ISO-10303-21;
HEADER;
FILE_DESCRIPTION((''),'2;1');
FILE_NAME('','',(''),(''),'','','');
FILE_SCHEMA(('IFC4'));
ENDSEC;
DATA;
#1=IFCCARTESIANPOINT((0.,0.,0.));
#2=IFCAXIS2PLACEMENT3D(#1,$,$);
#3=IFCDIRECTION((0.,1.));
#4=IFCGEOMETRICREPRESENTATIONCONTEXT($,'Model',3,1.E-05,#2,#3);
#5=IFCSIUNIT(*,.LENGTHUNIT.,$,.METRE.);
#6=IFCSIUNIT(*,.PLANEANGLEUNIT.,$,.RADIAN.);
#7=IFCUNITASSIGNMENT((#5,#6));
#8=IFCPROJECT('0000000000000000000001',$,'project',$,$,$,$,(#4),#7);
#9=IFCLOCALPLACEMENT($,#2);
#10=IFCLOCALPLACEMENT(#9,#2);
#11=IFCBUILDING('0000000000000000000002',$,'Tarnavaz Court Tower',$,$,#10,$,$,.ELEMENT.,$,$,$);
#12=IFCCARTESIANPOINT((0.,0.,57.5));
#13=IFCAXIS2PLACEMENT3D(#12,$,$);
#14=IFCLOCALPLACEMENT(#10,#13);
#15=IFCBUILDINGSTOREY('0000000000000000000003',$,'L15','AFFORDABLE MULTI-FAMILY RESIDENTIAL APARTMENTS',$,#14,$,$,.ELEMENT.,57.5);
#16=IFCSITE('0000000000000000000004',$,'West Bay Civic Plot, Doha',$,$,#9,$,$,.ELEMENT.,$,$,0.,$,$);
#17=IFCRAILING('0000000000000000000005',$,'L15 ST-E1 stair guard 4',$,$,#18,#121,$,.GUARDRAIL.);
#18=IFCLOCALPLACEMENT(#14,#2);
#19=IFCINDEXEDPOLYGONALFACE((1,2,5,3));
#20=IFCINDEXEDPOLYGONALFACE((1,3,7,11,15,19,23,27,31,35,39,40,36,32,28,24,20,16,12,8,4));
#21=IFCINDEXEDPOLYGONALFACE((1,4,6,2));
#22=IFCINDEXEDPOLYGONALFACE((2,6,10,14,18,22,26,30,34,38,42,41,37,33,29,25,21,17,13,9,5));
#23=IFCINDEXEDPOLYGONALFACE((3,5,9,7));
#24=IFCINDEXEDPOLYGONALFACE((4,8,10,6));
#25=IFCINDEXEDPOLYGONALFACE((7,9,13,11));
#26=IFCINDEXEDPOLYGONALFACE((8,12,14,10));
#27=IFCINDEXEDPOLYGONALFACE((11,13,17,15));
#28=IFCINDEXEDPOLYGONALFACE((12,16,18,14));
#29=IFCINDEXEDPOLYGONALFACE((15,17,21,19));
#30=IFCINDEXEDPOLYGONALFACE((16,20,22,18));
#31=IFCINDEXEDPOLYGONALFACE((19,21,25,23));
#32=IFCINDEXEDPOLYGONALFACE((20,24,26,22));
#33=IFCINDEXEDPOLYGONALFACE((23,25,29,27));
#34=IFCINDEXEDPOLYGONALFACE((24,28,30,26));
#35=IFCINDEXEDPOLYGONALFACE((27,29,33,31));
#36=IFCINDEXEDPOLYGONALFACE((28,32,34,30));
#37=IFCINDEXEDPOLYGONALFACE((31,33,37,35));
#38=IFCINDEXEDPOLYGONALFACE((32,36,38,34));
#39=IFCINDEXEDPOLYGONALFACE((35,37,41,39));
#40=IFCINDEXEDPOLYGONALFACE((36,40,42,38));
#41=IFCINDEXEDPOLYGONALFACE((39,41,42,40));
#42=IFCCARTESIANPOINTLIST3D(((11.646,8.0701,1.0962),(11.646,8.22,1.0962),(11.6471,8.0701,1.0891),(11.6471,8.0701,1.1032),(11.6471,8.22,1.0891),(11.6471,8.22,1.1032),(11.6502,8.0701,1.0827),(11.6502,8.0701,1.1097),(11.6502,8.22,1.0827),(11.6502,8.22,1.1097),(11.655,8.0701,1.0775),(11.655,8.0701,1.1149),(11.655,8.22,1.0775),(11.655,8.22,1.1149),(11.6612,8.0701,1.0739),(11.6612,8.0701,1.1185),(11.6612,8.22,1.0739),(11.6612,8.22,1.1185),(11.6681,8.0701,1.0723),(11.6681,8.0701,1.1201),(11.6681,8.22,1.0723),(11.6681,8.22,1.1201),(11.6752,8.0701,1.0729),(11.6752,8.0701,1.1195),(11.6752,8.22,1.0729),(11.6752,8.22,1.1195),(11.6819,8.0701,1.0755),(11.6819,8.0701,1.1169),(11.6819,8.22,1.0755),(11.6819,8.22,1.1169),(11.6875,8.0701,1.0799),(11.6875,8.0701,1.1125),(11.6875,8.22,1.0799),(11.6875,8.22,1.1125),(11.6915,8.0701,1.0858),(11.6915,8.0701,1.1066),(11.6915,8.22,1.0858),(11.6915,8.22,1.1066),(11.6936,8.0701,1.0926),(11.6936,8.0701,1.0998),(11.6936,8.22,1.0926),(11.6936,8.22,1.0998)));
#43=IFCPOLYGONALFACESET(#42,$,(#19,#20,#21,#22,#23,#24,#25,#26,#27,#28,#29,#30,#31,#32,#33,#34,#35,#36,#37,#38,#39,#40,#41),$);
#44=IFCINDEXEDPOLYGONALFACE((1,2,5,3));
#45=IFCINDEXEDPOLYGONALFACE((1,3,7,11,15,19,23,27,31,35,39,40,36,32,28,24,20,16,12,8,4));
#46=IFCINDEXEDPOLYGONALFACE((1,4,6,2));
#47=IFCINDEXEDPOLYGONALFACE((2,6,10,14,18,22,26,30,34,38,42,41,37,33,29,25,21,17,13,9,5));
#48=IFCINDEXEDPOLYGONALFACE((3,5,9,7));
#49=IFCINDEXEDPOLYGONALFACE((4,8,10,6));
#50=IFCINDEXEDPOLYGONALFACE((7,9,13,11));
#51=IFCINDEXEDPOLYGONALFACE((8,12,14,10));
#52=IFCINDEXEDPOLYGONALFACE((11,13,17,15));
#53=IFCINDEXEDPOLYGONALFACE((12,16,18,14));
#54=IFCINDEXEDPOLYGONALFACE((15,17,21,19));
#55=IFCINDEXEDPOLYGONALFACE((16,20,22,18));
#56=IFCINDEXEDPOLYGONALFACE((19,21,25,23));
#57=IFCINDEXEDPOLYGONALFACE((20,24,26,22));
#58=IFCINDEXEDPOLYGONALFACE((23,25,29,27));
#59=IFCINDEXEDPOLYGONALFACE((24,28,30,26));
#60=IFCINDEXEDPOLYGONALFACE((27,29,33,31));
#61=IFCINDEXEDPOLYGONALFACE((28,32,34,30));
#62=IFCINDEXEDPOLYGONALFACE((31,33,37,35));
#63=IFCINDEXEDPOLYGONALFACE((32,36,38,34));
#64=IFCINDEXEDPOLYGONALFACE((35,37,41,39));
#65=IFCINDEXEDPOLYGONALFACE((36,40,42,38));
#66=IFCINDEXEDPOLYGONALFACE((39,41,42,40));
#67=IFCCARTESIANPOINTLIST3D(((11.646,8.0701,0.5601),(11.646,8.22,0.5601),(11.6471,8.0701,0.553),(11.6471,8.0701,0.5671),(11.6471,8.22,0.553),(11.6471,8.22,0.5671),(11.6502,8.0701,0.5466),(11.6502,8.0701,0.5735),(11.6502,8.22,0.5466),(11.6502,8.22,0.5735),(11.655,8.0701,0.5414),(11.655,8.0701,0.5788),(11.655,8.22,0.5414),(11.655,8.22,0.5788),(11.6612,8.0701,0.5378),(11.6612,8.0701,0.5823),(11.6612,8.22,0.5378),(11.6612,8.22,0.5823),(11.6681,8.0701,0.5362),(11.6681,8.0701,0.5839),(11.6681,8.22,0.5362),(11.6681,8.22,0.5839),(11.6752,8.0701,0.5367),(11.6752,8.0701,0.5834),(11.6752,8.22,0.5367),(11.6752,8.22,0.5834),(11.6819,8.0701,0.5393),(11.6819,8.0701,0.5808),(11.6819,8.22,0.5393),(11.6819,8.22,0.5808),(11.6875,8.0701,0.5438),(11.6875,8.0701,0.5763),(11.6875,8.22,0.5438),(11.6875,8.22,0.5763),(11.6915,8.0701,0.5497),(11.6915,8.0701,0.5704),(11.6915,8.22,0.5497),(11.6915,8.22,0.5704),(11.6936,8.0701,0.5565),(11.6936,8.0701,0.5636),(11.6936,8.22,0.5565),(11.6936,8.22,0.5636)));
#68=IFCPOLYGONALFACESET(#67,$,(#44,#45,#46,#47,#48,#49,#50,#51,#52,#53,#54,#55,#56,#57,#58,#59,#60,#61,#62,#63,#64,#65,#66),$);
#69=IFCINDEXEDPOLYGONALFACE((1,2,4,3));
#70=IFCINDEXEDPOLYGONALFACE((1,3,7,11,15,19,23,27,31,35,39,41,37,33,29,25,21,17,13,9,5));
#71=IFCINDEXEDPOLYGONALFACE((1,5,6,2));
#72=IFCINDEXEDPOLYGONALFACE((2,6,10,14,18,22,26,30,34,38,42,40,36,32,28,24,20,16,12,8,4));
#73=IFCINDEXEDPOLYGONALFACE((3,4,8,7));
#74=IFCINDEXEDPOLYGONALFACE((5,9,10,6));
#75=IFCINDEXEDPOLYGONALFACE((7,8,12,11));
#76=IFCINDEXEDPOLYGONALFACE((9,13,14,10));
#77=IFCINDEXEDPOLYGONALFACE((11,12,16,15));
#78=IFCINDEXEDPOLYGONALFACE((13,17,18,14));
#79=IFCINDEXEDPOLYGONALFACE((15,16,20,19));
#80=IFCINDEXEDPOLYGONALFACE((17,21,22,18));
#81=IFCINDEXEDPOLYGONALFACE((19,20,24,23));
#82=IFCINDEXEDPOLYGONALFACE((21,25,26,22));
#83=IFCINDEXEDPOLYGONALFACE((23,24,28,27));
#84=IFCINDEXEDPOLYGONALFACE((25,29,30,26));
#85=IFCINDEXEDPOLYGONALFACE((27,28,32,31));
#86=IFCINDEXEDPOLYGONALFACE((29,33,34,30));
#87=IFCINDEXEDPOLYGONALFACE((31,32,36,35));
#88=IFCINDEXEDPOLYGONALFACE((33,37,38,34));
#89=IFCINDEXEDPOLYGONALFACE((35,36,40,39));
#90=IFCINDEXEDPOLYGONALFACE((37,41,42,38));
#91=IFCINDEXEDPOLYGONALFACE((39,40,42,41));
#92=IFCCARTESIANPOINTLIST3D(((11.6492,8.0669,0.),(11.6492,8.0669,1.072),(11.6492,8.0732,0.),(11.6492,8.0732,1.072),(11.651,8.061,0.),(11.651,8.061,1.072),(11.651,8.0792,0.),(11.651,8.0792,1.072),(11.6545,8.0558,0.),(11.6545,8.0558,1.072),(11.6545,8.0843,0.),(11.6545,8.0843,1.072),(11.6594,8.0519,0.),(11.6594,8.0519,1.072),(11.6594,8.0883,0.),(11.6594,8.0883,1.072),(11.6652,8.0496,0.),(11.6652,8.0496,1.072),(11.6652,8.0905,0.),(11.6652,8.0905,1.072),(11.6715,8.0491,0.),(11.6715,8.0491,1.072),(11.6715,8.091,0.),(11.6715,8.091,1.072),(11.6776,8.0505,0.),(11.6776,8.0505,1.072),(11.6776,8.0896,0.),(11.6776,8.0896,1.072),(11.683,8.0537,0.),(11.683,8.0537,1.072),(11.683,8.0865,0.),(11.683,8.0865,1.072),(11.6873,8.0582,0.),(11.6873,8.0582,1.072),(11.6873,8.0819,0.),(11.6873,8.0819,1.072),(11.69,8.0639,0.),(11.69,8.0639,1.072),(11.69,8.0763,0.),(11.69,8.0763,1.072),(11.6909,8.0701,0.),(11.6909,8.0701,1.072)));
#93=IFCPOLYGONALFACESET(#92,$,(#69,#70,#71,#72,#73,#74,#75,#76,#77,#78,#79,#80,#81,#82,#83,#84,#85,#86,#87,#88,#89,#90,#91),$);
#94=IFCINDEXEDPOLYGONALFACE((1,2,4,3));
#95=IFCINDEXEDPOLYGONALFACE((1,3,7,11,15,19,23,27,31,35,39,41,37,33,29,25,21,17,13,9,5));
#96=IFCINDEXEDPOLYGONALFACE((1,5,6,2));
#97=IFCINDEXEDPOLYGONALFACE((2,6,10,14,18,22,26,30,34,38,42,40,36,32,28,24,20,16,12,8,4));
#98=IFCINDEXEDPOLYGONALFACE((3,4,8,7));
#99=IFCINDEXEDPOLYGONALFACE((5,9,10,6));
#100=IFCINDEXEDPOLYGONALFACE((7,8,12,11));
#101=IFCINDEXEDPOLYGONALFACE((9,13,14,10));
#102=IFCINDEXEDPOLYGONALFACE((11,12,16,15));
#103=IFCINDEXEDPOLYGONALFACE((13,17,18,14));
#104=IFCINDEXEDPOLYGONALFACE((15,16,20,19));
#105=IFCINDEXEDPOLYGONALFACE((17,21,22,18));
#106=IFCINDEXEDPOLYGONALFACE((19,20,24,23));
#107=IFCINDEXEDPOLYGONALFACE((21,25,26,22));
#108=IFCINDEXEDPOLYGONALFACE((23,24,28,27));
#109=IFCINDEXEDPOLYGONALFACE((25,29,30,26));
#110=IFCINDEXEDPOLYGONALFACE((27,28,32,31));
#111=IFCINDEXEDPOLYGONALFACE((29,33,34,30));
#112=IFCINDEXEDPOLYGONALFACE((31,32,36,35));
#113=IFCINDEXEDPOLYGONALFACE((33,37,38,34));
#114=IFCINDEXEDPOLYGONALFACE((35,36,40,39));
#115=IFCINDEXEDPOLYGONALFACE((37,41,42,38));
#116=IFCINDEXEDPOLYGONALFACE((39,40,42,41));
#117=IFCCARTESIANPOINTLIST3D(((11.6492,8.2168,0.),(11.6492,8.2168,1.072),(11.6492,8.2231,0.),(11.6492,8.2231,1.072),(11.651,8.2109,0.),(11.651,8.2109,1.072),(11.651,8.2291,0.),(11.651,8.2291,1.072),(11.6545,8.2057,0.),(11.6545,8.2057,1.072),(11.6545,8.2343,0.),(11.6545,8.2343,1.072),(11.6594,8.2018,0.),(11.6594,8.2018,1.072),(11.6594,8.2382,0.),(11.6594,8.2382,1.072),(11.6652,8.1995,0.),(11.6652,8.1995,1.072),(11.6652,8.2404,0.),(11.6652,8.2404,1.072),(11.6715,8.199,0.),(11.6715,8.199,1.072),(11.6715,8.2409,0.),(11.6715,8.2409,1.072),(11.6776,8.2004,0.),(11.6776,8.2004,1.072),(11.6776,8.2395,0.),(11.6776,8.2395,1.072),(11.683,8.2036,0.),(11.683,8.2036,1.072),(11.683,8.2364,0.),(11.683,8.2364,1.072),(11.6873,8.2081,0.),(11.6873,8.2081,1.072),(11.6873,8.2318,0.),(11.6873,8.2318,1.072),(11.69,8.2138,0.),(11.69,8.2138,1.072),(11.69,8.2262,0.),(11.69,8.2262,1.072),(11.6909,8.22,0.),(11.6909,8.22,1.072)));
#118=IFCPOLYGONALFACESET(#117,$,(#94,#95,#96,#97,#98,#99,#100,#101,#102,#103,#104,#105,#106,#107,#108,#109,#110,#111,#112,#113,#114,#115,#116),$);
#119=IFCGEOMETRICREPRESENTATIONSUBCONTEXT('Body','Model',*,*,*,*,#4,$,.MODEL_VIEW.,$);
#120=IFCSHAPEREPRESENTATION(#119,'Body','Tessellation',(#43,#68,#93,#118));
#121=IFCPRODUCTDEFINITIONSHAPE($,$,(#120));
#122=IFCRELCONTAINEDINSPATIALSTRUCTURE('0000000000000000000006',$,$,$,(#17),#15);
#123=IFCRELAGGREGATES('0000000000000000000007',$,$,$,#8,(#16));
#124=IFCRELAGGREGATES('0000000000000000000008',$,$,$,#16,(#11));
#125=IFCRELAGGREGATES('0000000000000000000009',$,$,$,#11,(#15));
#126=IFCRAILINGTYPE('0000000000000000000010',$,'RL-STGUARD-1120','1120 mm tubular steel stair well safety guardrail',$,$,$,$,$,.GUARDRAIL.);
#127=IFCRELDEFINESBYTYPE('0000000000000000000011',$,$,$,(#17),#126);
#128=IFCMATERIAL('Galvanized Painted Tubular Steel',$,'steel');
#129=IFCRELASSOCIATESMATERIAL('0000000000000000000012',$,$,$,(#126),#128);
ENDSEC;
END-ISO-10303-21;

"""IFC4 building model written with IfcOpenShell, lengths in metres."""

from ifc_helpers import new_model, si_unit, direction, frame, origin, origin_2d, place, context, subcontext, project, spatial, circle, extrude, material, type_object, element, save


model = new_model("IFC4")

# Units and contexts
model_context = context("Model", 3, precision=1e-05, world=origin(), true_north=direction((0.0, 1.0)))
body_context = subcontext(model_context, "Body", "Model", "MODEL_VIEW")
ifc_project = project(units=[si_unit("LENGTHUNIT", "METRE"), si_unit("PLANEANGLEUNIT", "RADIAN")], contexts=[model_context])

# Site, building, storey
site_placement = place(None, origin())
site = spatial("IfcSite", under=ifc_project, at=site_placement, Name="West Bay Civic Plot, Doha", CompositionType="ELEMENT", RefElevation=0.0)
building_placement = place(site_placement, origin())
building = spatial("IfcBuilding", under=site, at=building_placement, Name="Tarnavaz Court Tower", CompositionType="ELEMENT")
storey_placement = place(building_placement, frame((0.0, 0.0, 57.5)))
storey = spatial("IfcBuildingStorey", under=building, at=storey_placement, Name="L15", Description="AFFORDABLE MULTI-FAMILY RESIDENTIAL APARTMENTS", CompositionType="ELEMENT", Elevation=57.5)

# Railing
ifc_material_1 = material(Name="Galvanized Painted Tubular Steel", Category="steel")
railing_type_1 = type_object("IfcRailingType", Name="RL-STGUARD-1120", Description="1120 mm tubular steel stair well safety guardrail", PredefinedType="GUARDRAIL", material=ifc_material_1)
railing_1_placement = place(storey_placement, frame((11.6699, 8.0701, 0.0)))
element("IfcRailing", 1, at=railing_1_placement, inside=storey, type_object=railing_type_1, Name="L15 ST-E1 stair guard 4", PredefinedType="GUARDRAIL", context=body_context, shape_type="SweptSolid", body=[
    extrude(circle(Radius=0.0239, at=origin_2d()), frame((0.0, 0.0, 1.0962), z_axis=(0.0, 1.0, 0.0), x_axis=(-1.0, 0.0, 0.0)), (0.0, 0.0, 1.0), 0.1499),
    extrude(circle(Radius=0.0239, at=origin_2d()), frame((0.0, 0.0, 0.5601), z_axis=(0.0, 1.0, 0.0), x_axis=(-1.0, 0.0, 0.0)), (0.0, 0.0, 1.0), 0.1499),
    extrude(circle(Radius=0.021, at=origin_2d()), origin(), (0.0, 0.0, 1.0), 1.072),
    extrude(circle(Radius=0.021, at=origin_2d()), frame((0.0, 0.1499, 0.0)), (0.0, 0.0, 1.0), 1.072),
])

save(model, "model.ifc")
